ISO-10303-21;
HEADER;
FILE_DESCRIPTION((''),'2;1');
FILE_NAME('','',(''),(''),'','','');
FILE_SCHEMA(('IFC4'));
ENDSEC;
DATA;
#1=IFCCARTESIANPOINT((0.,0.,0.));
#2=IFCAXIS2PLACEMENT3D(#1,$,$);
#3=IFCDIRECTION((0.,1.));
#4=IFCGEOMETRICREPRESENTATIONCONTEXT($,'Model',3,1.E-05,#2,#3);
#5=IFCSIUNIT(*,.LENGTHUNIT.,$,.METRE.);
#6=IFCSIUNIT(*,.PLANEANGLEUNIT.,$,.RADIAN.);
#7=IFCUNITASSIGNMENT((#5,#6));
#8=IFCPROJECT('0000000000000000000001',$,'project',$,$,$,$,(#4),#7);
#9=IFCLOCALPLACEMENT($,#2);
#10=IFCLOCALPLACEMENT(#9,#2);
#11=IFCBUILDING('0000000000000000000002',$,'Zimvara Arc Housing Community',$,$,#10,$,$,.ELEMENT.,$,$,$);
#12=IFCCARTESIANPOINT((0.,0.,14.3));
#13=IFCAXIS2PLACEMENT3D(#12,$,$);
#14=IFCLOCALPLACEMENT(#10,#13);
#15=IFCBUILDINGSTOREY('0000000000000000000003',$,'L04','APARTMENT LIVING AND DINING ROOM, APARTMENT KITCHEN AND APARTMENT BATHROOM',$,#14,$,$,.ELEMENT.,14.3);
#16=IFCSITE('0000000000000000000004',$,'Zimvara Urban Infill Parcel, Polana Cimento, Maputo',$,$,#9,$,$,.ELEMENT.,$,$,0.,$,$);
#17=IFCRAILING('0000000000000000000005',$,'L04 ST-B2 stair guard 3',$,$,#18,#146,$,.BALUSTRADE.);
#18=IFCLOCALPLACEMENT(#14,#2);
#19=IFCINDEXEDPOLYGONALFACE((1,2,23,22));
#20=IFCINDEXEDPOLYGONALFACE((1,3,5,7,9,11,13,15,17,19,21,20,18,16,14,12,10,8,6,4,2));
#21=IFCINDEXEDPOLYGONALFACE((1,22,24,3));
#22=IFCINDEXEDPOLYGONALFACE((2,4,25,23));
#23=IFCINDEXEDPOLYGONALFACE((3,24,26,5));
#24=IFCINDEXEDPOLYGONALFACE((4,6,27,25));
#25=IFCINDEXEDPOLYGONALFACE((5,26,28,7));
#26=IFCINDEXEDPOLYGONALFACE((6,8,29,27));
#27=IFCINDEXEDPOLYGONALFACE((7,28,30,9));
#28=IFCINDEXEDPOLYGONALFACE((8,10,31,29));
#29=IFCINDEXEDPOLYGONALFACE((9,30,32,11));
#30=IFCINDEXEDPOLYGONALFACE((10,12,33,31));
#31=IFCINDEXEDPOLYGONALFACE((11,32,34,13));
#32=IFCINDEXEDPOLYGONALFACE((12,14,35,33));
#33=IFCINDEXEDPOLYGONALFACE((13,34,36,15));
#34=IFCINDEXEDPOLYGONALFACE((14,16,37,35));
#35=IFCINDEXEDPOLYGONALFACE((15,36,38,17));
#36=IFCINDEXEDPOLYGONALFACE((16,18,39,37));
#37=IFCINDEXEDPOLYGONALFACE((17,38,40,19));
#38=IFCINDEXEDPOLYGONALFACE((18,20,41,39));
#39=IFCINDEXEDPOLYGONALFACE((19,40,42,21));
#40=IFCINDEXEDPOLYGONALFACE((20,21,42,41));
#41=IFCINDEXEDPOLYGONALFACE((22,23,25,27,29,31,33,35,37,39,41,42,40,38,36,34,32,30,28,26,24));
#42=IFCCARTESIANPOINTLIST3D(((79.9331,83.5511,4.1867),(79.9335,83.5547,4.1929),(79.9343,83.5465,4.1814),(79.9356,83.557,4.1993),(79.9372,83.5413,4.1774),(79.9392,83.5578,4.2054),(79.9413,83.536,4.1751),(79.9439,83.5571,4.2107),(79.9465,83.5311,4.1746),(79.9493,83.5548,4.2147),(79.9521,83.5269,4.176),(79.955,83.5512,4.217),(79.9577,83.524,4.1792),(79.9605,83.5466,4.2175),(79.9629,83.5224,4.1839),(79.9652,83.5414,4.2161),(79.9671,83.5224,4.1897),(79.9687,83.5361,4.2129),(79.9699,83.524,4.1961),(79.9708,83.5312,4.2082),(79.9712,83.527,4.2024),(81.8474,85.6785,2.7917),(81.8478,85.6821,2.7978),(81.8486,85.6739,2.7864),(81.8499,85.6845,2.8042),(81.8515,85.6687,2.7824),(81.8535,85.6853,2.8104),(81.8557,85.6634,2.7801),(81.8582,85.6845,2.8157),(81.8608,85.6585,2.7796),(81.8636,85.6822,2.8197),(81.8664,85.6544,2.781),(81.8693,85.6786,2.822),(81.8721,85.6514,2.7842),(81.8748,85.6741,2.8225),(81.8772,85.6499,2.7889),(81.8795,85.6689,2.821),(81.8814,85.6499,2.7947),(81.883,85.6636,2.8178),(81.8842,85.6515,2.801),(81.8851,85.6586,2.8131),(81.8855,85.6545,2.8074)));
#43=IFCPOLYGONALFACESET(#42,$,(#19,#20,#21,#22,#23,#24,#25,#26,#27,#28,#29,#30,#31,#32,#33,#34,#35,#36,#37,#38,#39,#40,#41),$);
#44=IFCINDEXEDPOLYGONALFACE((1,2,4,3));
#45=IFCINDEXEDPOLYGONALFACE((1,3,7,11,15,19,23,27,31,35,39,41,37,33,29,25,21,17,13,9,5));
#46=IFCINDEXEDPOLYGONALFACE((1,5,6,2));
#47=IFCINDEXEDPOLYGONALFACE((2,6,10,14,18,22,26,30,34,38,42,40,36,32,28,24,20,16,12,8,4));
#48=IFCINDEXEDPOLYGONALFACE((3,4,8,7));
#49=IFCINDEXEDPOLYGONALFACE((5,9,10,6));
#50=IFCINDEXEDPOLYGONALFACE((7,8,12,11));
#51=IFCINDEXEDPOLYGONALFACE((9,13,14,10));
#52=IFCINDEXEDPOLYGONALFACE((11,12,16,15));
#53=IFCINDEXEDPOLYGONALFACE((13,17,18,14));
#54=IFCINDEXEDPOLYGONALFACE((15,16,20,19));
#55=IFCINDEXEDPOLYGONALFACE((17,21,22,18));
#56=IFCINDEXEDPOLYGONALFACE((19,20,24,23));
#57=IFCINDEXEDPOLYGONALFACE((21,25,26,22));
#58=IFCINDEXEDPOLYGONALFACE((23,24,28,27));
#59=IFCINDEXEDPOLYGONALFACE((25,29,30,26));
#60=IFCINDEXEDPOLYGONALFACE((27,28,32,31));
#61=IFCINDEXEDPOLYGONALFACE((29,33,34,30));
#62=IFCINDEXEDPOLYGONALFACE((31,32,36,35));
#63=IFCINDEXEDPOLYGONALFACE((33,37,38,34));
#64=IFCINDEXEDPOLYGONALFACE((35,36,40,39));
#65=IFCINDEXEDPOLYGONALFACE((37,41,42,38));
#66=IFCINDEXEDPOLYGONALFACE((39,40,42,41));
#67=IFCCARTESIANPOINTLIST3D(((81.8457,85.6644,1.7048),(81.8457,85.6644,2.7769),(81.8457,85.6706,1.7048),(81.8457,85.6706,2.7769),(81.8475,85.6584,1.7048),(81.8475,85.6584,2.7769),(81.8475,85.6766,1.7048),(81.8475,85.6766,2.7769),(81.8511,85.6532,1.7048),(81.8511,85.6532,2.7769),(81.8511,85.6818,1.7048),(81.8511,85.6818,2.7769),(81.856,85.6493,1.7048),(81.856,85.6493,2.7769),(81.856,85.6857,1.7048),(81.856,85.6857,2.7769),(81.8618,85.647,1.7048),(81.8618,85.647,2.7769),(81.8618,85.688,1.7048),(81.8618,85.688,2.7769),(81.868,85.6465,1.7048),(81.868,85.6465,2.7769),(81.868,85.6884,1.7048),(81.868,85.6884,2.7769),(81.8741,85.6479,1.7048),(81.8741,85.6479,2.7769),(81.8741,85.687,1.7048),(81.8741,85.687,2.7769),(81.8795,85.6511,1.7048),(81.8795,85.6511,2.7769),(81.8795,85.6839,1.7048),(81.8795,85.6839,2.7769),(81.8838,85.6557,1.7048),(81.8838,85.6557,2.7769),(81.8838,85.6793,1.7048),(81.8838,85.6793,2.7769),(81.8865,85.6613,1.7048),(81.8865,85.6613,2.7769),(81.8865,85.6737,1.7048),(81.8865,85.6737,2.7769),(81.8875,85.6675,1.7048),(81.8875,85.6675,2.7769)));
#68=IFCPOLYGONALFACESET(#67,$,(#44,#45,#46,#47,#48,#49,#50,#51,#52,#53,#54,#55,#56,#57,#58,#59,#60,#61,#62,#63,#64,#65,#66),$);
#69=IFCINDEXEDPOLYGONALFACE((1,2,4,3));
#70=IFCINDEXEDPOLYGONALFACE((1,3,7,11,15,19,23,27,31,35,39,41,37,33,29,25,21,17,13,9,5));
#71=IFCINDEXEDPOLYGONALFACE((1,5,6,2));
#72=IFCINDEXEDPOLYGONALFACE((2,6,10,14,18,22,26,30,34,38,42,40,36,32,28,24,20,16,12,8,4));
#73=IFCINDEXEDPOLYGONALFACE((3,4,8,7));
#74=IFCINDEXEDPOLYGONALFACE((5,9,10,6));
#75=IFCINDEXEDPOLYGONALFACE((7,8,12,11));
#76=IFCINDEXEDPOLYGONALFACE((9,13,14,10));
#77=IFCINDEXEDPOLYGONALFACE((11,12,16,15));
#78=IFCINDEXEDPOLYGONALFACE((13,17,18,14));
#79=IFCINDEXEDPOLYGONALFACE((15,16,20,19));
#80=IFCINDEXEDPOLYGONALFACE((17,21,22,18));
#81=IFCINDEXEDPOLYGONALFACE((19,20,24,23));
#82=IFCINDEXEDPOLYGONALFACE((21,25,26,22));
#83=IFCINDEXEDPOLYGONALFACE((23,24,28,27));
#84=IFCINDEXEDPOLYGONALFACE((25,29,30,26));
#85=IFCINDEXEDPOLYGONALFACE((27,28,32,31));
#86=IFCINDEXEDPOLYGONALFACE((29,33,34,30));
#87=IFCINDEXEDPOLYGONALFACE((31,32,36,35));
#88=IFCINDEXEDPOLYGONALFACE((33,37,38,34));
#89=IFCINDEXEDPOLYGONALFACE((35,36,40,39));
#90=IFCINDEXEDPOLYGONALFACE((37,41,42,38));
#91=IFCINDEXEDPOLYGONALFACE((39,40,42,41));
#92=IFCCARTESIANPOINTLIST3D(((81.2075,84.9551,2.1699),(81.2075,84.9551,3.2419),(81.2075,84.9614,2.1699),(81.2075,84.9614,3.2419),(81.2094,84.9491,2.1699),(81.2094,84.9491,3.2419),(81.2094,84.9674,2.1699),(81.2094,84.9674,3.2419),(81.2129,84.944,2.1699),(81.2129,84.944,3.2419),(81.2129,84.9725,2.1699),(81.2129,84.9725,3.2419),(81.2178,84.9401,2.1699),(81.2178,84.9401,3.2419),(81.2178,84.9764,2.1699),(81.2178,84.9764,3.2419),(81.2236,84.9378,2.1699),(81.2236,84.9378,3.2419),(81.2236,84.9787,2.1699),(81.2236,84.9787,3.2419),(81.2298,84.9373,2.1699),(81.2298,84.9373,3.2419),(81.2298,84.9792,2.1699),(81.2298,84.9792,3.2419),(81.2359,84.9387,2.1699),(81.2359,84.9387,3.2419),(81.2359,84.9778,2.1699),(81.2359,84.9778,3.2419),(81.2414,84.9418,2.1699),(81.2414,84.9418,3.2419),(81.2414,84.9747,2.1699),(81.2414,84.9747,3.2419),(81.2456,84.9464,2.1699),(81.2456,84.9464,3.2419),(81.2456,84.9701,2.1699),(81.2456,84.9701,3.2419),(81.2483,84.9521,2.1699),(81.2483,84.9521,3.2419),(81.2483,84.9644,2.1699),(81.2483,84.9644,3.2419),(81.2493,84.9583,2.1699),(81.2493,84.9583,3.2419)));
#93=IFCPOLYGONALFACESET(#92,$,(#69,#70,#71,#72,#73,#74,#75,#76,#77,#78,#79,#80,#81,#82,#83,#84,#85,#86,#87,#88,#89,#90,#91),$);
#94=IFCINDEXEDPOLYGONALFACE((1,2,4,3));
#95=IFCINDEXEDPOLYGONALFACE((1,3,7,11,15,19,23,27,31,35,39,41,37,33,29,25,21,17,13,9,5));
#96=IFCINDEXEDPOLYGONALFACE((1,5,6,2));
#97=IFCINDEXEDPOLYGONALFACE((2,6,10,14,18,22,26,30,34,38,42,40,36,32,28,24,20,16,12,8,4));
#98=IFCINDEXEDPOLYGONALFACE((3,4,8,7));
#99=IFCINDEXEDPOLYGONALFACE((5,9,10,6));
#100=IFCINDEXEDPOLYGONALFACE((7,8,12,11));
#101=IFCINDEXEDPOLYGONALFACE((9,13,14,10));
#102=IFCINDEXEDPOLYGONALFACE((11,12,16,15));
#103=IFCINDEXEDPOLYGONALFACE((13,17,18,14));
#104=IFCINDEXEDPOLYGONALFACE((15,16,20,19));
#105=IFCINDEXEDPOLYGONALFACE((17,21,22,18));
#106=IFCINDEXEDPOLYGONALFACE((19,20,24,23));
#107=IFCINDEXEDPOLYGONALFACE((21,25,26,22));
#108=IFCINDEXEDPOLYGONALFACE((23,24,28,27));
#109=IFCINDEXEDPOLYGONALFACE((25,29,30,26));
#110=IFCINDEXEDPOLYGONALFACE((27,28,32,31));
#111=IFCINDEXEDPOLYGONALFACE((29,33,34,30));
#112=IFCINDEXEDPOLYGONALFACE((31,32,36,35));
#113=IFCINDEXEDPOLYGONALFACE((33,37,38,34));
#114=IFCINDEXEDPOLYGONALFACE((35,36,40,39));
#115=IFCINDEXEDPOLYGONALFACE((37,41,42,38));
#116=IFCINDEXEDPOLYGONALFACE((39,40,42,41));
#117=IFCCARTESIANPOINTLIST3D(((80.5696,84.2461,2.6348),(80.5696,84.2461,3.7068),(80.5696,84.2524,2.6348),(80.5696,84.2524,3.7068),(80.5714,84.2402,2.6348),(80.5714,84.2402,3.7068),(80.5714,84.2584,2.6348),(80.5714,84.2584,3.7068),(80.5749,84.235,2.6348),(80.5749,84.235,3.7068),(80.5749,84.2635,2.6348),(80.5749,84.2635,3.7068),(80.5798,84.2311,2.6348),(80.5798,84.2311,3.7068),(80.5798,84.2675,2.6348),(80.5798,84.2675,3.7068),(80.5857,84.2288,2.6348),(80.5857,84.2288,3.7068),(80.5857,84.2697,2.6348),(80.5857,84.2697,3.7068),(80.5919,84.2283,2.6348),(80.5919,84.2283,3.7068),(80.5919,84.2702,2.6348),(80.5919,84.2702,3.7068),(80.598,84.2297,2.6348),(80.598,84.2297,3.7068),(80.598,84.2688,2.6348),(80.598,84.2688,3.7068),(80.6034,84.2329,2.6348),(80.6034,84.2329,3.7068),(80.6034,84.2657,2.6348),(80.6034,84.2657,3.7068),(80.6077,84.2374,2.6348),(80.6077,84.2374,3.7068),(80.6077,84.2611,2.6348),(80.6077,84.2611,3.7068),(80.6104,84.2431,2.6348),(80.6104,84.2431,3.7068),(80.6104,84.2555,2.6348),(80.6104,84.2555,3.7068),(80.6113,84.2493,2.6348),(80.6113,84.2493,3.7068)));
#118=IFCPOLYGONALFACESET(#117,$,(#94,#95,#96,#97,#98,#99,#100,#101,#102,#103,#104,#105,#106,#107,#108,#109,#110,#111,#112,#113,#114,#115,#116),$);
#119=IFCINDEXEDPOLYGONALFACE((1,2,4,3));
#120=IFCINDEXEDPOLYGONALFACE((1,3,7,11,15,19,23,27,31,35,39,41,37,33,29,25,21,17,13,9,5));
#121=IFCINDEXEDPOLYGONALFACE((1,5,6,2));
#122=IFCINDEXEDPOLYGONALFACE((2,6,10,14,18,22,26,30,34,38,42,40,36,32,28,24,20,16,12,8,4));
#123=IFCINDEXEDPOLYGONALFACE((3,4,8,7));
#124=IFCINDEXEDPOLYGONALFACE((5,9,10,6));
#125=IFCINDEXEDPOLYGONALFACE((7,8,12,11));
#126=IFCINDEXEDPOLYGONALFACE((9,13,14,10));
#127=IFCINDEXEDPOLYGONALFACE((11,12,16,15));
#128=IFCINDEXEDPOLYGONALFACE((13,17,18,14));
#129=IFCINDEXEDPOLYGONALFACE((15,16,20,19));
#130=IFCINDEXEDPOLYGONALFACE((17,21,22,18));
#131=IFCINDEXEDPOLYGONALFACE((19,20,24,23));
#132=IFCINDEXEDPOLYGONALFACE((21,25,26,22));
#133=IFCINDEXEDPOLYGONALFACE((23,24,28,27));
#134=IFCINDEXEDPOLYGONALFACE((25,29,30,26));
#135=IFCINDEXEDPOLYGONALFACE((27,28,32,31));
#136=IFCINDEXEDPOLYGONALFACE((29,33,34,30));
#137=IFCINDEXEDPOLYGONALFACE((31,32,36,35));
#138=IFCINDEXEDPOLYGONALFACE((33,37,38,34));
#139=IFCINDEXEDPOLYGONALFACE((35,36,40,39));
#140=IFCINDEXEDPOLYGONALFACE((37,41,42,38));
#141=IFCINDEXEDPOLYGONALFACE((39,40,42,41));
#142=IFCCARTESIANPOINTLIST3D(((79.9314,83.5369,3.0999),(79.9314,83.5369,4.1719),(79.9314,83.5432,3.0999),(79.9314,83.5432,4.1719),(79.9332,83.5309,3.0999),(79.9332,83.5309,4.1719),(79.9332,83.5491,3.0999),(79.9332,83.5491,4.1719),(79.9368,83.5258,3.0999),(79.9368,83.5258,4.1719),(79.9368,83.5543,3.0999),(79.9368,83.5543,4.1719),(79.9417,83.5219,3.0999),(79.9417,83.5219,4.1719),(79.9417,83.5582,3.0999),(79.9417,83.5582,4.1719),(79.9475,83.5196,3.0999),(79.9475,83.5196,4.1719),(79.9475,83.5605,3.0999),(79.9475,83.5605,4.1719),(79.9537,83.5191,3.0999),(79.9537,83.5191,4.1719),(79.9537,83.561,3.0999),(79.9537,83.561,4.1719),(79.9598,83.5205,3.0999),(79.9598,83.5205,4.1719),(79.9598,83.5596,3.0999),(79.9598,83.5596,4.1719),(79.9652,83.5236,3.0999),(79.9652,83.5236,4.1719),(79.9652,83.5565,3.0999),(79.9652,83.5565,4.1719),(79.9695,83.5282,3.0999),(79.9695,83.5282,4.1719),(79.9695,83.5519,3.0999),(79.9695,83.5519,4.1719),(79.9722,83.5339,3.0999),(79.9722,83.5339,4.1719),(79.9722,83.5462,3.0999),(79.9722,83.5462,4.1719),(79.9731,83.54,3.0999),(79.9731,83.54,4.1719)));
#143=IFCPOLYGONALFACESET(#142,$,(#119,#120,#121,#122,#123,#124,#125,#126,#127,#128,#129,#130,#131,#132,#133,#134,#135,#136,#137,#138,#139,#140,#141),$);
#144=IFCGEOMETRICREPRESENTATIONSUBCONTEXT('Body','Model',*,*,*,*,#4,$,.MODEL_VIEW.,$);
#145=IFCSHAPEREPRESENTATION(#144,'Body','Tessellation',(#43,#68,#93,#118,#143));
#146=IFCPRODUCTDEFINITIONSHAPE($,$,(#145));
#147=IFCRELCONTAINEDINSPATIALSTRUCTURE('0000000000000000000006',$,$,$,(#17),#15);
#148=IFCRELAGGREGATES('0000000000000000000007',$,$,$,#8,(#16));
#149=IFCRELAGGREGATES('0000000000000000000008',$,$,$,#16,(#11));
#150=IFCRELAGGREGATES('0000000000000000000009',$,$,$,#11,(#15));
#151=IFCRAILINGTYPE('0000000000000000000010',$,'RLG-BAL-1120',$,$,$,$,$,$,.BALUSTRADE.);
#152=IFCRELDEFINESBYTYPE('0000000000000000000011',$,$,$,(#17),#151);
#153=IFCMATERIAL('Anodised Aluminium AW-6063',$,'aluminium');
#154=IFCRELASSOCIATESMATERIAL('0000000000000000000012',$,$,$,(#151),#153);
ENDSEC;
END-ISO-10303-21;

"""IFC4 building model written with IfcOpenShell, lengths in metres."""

from ifc_helpers import new_model, si_unit, direction, frame, origin, origin_2d, place, context, subcontext, project, spatial, circle, extrude, material, type_object, element, save


model = new_model("IFC4")

# Units and contexts
model_context = context("Model", 3, precision=1e-05, world=origin(), true_north=direction((0.0, 1.0)))
body_context = subcontext(model_context, "Body", "Model", "MODEL_VIEW")
ifc_project = project(units=[si_unit("LENGTHUNIT", "METRE"), si_unit("PLANEANGLEUNIT", "RADIAN")], contexts=[model_context])

# Site, building, storey
site_placement = place(None, origin())
site = spatial("IfcSite", under=ifc_project, at=site_placement, Name="Zimvara Urban Infill Parcel, Polana Cimento, Maputo", CompositionType="ELEMENT", RefElevation=0.0)
building_placement = place(site_placement, origin())
building = spatial("IfcBuilding", under=site, at=building_placement, Name="Zimvara Arc Housing Community", CompositionType="ELEMENT")
storey_placement = place(building_placement, frame((0.0, 0.0, 14.3)))
storey = spatial("IfcBuildingStorey", under=building, at=storey_placement, Name="L04", Description="APARTMENT LIVING AND DINING ROOM, APARTMENT KITCHEN AND APARTMENT BATHROOM", CompositionType="ELEMENT", Elevation=14.3)

# Railing
ifc_material_1 = material(Name="Anodised Aluminium AW-6063", Category="aluminium")
railing_type_1 = type_object("IfcRailingType", Name="RLG-BAL-1120", PredefinedType="BALUSTRADE", material=ifc_material_1)
railing_1_placement = place(storey_placement, frame((81.8665, 85.6675, 1.7048)))
element("IfcRailing", 1, at=railing_1_placement, inside=storey, type_object=railing_type_1, Name="L04 ST-B2 stair guard 3", PredefinedType="BALUSTRADE", context=body_context, shape_type="SweptSolid", body=[
    extrude(circle(Radius=0.0239, at=origin_2d()), frame((0.0, 0.0, 1.0962), z_axis=(-0.601263, -0.668206, 0.43816), x_axis=(0.743362, -0.668889, 0.0)), (0.0, 0.0, 1.0), 3.1838),
    extrude(circle(Radius=0.021, at=origin_2d()), origin(), (0.0, 0.0, 1.0), 1.072),
    extrude(circle(Radius=0.021, at=origin_2d()), frame((-0.6382, -0.7092, 0.4651)), (0.0, 0.0, 1.0), 1.072),
    extrude(circle(Radius=0.021, at=origin_2d()), frame((-1.2761, -1.4182, 0.9299)), (0.0, 0.0, 1.0), 1.072),
    extrude(circle(Radius=0.021, at=origin_2d()), frame((-1.9143, -2.1274, 1.395)), (0.0, 0.0, 1.0), 1.072),
])

save(model, "model.ifc")
